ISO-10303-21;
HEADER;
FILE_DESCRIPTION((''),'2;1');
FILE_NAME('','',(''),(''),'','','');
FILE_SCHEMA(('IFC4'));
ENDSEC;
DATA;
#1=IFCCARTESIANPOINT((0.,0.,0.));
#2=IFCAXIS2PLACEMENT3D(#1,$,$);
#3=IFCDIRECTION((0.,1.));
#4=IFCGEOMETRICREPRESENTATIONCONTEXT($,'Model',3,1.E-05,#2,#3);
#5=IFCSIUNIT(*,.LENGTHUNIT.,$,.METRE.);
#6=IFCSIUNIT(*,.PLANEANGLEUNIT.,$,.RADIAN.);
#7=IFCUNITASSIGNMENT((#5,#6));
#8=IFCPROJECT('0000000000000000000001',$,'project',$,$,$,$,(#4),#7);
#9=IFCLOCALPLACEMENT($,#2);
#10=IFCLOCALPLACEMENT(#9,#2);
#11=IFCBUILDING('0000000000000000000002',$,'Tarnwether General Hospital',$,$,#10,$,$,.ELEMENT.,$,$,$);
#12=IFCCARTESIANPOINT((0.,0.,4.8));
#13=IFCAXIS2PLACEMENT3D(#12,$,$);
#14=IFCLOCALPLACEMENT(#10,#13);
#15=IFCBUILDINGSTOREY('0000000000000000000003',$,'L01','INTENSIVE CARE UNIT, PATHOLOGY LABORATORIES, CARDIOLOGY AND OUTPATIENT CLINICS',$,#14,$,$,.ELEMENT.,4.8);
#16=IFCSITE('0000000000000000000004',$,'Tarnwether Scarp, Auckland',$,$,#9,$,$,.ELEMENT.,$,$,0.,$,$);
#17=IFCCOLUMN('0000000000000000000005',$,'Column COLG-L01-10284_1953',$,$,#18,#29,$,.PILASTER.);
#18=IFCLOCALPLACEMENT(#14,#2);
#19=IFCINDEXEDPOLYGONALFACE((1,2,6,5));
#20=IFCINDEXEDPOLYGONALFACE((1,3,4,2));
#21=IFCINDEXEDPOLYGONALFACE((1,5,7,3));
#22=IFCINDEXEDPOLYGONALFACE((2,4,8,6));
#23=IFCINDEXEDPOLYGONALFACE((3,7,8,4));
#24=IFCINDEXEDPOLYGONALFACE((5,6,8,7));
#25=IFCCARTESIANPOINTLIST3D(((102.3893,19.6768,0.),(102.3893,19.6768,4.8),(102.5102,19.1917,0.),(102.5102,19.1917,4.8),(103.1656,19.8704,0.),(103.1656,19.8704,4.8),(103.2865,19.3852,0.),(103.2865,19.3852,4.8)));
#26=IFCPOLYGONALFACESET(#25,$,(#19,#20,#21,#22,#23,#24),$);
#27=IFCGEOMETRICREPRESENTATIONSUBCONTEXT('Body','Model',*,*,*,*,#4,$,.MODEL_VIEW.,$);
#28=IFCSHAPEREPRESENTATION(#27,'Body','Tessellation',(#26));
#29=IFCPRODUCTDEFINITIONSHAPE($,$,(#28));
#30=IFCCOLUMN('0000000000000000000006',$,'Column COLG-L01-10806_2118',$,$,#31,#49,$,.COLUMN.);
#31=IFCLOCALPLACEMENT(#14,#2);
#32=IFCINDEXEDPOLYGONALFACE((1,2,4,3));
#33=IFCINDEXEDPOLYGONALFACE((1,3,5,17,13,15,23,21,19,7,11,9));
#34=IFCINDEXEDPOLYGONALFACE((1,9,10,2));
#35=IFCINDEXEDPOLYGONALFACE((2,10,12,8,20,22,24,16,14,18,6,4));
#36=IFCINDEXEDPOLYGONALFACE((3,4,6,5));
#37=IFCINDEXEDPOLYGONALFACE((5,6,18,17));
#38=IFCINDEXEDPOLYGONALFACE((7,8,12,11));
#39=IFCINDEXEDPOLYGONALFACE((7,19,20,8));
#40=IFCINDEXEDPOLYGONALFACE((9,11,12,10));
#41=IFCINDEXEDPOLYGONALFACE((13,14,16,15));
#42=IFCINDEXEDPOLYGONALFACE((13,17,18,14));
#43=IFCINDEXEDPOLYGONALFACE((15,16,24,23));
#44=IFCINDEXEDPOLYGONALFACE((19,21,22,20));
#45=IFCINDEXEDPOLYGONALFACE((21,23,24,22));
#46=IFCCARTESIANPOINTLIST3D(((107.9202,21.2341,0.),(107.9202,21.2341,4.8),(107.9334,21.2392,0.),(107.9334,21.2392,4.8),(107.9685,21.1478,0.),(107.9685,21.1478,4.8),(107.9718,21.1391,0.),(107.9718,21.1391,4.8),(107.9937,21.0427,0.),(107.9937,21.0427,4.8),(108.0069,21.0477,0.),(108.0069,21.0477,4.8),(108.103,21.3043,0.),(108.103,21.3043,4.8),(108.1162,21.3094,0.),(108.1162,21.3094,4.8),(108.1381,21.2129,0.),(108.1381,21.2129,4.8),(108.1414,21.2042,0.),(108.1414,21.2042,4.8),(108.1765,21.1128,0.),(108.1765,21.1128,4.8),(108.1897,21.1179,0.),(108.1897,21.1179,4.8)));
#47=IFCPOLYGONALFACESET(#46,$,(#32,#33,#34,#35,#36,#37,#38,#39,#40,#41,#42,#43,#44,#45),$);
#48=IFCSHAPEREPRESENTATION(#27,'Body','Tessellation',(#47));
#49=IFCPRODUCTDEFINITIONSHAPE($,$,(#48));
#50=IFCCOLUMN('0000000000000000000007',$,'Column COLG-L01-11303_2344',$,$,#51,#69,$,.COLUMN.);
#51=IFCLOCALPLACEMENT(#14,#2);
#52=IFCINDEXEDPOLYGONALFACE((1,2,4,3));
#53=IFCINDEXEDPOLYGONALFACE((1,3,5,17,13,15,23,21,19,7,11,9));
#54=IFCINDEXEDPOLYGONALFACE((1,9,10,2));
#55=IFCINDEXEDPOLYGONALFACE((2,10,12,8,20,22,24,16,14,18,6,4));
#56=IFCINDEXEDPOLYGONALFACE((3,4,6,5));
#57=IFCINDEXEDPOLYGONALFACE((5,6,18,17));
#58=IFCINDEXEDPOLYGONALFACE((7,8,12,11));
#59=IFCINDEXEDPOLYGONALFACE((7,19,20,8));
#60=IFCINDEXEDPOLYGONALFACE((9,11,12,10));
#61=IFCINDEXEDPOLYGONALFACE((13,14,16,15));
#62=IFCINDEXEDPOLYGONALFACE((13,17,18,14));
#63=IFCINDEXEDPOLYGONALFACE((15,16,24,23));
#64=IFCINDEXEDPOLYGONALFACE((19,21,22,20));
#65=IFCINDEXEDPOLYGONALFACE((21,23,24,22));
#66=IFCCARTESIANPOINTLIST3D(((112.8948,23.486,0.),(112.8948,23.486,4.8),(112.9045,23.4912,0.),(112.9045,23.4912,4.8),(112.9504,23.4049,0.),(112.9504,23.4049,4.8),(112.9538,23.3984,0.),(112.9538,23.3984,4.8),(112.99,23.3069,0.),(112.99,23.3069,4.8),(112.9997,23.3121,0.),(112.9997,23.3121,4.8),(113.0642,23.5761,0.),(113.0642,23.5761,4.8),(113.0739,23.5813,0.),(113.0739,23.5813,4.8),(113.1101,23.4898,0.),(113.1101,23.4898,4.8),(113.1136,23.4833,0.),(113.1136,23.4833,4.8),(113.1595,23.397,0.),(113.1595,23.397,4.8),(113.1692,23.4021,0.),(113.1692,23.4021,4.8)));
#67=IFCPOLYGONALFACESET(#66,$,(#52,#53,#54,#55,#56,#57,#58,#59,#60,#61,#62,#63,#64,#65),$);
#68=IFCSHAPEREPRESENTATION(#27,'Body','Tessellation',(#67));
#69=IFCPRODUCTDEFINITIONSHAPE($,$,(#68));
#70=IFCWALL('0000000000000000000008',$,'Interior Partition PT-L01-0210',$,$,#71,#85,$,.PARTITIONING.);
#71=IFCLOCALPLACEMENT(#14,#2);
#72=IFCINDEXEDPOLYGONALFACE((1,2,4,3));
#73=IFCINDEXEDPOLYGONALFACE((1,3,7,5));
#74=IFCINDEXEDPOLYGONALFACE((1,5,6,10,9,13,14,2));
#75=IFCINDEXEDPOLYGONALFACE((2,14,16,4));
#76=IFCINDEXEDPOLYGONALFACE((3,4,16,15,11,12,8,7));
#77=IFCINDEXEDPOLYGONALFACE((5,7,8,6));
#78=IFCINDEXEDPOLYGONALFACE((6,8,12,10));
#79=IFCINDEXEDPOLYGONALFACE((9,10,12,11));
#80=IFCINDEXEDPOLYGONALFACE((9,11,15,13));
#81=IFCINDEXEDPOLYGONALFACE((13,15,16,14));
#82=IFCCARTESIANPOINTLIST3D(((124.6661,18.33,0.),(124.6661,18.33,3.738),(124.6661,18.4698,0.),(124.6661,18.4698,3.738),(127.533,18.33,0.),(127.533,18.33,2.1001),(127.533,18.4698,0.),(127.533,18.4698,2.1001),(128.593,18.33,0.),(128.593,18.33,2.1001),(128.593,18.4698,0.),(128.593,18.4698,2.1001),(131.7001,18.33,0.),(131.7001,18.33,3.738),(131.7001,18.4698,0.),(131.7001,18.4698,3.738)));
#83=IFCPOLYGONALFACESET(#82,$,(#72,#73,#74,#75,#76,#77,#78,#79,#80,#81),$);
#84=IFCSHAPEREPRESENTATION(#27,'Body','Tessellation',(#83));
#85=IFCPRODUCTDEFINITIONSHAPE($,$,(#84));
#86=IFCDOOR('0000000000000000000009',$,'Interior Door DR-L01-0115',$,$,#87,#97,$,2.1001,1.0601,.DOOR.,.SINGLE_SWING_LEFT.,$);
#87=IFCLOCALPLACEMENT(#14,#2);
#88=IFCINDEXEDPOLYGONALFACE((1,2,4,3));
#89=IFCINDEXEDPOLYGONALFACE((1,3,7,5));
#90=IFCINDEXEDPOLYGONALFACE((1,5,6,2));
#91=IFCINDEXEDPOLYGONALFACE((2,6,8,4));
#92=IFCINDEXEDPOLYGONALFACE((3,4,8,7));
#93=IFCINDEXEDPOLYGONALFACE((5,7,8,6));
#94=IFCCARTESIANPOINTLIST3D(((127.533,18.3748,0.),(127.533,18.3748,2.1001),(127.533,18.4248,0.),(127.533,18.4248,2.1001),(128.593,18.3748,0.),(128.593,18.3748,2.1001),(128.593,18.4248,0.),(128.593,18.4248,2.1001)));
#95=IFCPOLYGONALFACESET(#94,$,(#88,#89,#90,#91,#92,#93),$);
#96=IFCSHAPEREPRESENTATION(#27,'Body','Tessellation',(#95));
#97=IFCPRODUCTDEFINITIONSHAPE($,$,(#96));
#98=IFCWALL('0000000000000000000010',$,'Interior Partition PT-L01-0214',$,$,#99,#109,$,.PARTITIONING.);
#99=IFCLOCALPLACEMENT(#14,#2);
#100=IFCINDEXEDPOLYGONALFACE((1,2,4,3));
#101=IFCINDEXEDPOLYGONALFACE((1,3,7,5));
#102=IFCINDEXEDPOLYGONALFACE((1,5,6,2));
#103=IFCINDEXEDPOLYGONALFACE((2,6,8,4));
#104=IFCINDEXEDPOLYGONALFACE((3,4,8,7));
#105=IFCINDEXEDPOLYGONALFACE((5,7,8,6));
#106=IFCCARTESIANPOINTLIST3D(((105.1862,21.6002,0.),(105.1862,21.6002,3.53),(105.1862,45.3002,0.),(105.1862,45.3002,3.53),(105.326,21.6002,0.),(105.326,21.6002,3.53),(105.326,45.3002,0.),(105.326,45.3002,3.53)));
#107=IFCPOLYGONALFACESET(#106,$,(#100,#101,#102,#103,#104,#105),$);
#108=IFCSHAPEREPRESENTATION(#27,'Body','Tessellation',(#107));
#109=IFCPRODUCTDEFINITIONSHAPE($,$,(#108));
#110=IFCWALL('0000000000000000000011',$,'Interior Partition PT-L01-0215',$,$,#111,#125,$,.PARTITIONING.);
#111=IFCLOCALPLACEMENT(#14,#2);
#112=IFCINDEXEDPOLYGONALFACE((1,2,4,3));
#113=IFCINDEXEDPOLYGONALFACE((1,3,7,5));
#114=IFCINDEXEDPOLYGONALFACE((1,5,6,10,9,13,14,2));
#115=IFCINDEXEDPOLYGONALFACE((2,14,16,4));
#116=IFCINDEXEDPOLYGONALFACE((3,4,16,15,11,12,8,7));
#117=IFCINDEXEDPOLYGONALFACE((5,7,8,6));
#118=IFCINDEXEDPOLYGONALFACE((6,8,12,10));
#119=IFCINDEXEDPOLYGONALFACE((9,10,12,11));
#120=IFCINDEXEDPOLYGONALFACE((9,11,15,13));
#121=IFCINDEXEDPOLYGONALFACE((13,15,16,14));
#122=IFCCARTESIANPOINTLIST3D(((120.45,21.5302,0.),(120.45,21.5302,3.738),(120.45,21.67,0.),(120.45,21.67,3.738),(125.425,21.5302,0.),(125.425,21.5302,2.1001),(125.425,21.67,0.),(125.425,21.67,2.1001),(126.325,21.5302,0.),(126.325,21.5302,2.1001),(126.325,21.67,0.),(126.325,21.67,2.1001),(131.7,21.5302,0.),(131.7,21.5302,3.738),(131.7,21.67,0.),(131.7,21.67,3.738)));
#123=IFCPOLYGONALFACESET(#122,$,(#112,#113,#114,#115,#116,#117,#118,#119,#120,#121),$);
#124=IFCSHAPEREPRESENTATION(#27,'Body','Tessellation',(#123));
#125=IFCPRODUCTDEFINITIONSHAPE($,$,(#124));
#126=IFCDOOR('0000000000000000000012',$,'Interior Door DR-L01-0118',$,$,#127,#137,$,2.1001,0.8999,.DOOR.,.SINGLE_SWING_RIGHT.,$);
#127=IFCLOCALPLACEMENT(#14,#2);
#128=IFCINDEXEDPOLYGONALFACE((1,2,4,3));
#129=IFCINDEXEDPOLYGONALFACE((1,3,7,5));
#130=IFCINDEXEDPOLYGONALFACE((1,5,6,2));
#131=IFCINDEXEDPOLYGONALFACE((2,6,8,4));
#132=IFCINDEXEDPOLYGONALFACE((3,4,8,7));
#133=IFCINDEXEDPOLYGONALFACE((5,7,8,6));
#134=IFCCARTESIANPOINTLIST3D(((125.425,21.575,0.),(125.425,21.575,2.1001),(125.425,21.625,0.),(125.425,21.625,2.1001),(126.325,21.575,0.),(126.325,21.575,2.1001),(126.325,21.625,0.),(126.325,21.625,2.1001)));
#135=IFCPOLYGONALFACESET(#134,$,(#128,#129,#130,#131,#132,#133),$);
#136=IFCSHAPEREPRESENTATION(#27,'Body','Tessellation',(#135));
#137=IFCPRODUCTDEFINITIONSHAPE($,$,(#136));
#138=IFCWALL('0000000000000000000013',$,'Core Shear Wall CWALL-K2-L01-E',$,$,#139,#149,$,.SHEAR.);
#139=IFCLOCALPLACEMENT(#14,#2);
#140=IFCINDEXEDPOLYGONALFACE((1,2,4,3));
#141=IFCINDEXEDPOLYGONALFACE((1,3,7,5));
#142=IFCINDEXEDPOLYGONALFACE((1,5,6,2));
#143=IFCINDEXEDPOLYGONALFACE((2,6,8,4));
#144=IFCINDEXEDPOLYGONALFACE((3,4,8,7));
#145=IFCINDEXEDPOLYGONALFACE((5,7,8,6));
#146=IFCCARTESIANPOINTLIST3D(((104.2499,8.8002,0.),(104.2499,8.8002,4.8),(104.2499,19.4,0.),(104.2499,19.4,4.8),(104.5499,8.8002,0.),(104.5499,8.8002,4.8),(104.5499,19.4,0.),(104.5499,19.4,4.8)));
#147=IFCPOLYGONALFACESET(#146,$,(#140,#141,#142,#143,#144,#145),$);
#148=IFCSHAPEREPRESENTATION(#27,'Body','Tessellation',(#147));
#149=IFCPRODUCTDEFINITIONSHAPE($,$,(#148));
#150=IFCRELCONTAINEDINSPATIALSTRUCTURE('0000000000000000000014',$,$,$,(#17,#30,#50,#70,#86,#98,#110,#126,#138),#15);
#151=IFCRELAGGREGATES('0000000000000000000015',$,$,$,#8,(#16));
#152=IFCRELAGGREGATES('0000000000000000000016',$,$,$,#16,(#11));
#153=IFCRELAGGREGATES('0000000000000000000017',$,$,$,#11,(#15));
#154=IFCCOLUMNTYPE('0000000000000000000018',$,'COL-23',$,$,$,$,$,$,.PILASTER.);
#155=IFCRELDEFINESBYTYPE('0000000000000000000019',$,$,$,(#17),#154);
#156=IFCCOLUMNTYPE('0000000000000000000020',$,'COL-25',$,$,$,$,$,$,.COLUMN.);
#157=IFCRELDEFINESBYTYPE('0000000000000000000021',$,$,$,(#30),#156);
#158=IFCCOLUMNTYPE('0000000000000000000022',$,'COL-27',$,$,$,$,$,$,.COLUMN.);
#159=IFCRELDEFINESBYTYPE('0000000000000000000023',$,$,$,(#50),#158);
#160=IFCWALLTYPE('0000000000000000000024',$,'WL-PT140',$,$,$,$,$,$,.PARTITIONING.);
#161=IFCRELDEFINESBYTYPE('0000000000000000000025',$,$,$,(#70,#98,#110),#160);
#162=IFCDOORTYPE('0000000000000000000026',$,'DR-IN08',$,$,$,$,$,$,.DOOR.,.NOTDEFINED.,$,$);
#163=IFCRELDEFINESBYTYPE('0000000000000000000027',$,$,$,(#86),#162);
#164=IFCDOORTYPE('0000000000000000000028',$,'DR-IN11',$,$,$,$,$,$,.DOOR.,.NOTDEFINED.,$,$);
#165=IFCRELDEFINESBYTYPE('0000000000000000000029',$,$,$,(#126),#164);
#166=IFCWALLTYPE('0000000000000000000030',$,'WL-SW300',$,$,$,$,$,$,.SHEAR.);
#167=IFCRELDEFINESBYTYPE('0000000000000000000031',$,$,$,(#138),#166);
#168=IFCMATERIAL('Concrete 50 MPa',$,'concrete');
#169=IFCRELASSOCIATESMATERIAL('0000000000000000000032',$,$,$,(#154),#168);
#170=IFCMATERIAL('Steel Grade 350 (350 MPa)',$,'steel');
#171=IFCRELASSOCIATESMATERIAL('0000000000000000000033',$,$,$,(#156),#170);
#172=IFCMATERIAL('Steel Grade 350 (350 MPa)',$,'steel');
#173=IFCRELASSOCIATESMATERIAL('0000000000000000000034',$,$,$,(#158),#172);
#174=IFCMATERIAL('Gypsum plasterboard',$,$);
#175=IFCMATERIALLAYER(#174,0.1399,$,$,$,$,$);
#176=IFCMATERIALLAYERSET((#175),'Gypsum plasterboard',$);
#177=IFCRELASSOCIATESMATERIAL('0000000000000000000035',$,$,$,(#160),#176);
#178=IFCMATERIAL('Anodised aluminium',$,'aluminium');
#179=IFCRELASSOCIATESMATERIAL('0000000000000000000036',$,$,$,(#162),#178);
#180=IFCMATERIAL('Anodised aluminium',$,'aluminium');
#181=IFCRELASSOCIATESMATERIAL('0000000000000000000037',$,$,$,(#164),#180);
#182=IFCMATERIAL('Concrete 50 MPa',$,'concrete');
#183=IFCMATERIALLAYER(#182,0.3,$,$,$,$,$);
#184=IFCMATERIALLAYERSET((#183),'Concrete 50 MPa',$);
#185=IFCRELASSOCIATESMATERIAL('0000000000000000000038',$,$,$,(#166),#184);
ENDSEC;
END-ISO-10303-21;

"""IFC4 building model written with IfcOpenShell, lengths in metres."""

from ifc_helpers import new_model, si_unit, direction, frame, frame_2d, origin, origin_2d, place, context, subcontext, project, spatial, rectangle, i_section, extrude, material, layer, layer_set, material_profile, profile_set, type_object, element, fill, save


model = new_model("IFC4")

# Units and contexts
model_context = context("Model", 3, precision=1e-05, world=origin(), true_north=direction((0.0, 1.0)))
body_context = subcontext(model_context, "Body", "Model", "MODEL_VIEW")
ifc_project = project(units=[si_unit("LENGTHUNIT", "METRE"), si_unit("PLANEANGLEUNIT", "RADIAN")], contexts=[model_context])

# Site, building, storey
site_placement = place(None, origin())
site = spatial("IfcSite", under=ifc_project, at=site_placement, Name="Tarnwether Scarp, Auckland", CompositionType="ELEMENT", RefElevation=0.0)
building_placement = place(site_placement, origin())
building = spatial("IfcBuilding", under=site, at=building_placement, Name="Tarnwether General Hospital", CompositionType="ELEMENT")
storey_placement = place(building_placement, frame((0.0, 0.0, 4.8)))
storey = spatial("IfcBuildingStorey", under=building, at=storey_placement, Name="L01", Description="INTENSIVE CARE UNIT, PATHOLOGY LABORATORIES, CARDIOLOGY AND OUTPATIENT CLINICS", CompositionType="ELEMENT", Elevation=4.8)

# Columns
ifc_material_1 = material(Name="Concrete 50 MPa", Category="concrete")
ifc_material_profile_1 = material_profile(ifc_material_1, rectangle(XDim=0.5, YDim=0.8, at=origin_2d()), Name="RC-PIL-500x800")
ifc_profile_set_1 = profile_set([ifc_material_profile_1], Name="Concrete 50 MPa")
column_type_1 = type_object("IfcColumnType", Name="COL-23", PredefinedType="PILASTER", material=ifc_profile_set_1)
column_1_placement = place(storey_placement, frame((102.8379, 19.531, 0.0), z_axis=(0.0, 0.0, 1.0), x_axis=(-0.241922, 0.970296, 0.0)))
element("IfcColumn", 1, at=column_1_placement, inside=storey, type_object=column_type_1, Name="Column COLG-L01-10284_1953", PredefinedType="PILASTER", context=body_context, shape_type="SweptSolid", body=[
    extrude(rectangle(XDim=0.5, YDim=0.8, at=origin_2d()), origin(), (0.0, 0.0, 1.0), 4.8),
])
ifc_material_2 = material(Name="Steel Grade 350 (350 MPa)", Category="steel")
ifc_material_profile_2 = material_profile(ifc_material_2, i_section(OverallWidth=0.2051, OverallDepth=0.21, WebThickness=0.0093, FlangeThickness=0.0142, at=origin_2d()), Name="200UC59.5")
ifc_profile_set_2 = profile_set([ifc_material_profile_2], Name="Steel Grade 350 (350 MPa)")
column_type_2 = type_object("IfcColumnType", Name="COL-25", PredefinedType="COLUMN", material=ifc_profile_set_2)
column_2_placement = place(storey_placement, frame((108.0549, 21.176, 0.0), z_axis=(0.0, 0.0, 1.0), x_axis=(-0.358368, 0.93358, 0.0)))
element("IfcColumn", 2, at=column_2_placement, inside=storey, type_object=column_type_2, Name="Column COLG-L01-10806_2118", PredefinedType="COLUMN", context=body_context, shape_type="SweptSolid", body=[
    extrude(i_section(OverallWidth=0.2051, OverallDepth=0.21, WebThickness=0.0093, FlangeThickness=0.0142, at=origin_2d()), origin(), (0.0, 0.0, 1.0), 4.8),
])
ifc_material_3 = material(Name="Steel Grade 350 (350 MPa)", Category="steel")
ifc_material_profile_3 = material_profile(ifc_material_3, i_section(OverallWidth=0.2029, OverallDepth=0.2029, WebThickness=0.0073, FlangeThickness=0.011, at=origin_2d()), Name="200UC46.2")
ifc_profile_set_3 = profile_set([ifc_material_profile_3], Name="Steel Grade 350 (350 MPa)")
column_type_3 = type_object("IfcColumnType", Name="COL-27", PredefinedType="COLUMN", material=ifc_profile_set_3)
column_3_placement = place(storey_placement, frame((113.032, 23.4441, 0.0), z_axis=(0.0, 0.0, 1.0), x_axis=(-0.469472, 0.882948, 0.0)))
element("IfcColumn", 3, at=column_3_placement, inside=storey, type_object=column_type_3, Name="Column COLG-L01-11303_2344", PredefinedType="COLUMN", context=body_context, shape_type="SweptSolid", body=[
    extrude(i_section(OverallWidth=0.2029, OverallDepth=0.2029, WebThickness=0.0073, FlangeThickness=0.011, at=origin_2d()), origin(), (0.0, 0.0, 1.0), 4.8),
])

# Wall, opening, door
ifc_material_4 = material(Name="Gypsum plasterboard")
ifc_layer_1 = layer(ifc_material_4, 0.1399)
ifc_layer_set_1 = layer_set([ifc_layer_1], Name="Gypsum plasterboard")
wall_type_1 = type_object("IfcWallType", Name="WL-PT140", PredefinedType="PARTITIONING", material=ifc_layer_set_1)
wall_1_placement = place(storey_placement, frame((124.666, 18.3999, 0.0), z_axis=(0.0, 0.0, 1.0), x_axis=(1.0, 0.0, 0.0)))
wall_1 = element("IfcWall", 4, at=wall_1_placement, inside=storey, type_object=wall_type_1, Name="Interior Partition PT-L01-0210", PredefinedType="PARTITIONING", context=body_context, shape_type="SweptSolid", body=[
    extrude(rectangle(XDim=7.0339, YDim=0.1399, at=frame_2d((3.5171, 0.0))), origin(), (0.0, 0.0, 1.0), 3.738),
])
opening_1_placement = place(wall_1_placement, frame((2.8669, 0.0, 0.0)))
opening_1 = element("IfcOpeningElement", 5, at=opening_1_placement, cuts=wall_1, PredefinedType="OPENING", context=body_context, shape_type="SweptSolid", body=[
    extrude(rectangle(XDim=1.0601, YDim=2.1001, at=frame_2d((0.53, 1.05))), frame((0.0, 0.0801, 0.0), z_axis=(0.0, -1.0, 0.0), x_axis=(1.0, 0.0, 0.0)), (0.0, 0.0, 1.0), 0.1599),
])
ifc_material_5 = material(Name="Anodised aluminium", Category="aluminium")
door_type_1 = type_object("IfcDoorType", Name="DR-IN08", OperationType="NOTDEFINED", PredefinedType="DOOR", material=ifc_material_5)
door_1_placement = place(opening_1_placement, origin())
door_1 = element("IfcDoor", 6, at=door_1_placement, inside=storey, type_object=door_type_1, Name="Interior Door DR-L01-0115", OperationType="SINGLE_SWING_LEFT", OverallHeight=2.1001, OverallWidth=1.0601, PredefinedType="DOOR", context=body_context, shape_type="SweptSolid", body=[
    extrude(rectangle(XDim=1.0601, YDim=2.1001, at=frame_2d((0.53, 1.05))), frame((0.0, 0.0249, 0.0), z_axis=(0.0, -1.0, 0.0), x_axis=(1.0, 0.0, 0.0)), (0.0, 0.0, 1.0), 0.05),
])
fill(opening_1, door_1)

# Wall
wall_2_placement = place(storey_placement, frame((105.2561, 21.6001, 0.0), z_axis=(0.0, 0.0, 1.0), x_axis=(0.0, 1.0, 0.0)))
element("IfcWall", 7, at=wall_2_placement, inside=storey, type_object=wall_type_1, Name="Interior Partition PT-L01-0214", PredefinedType="PARTITIONING", context=body_context, shape_type="SweptSolid", body=[
    extrude(rectangle(XDim=23.7, YDim=0.1399, at=frame_2d((11.8501, 0.0))), origin(), (0.0, 0.0, 1.0), 3.53),
])

# Wall, opening, door
wall_3_placement = place(storey_placement, frame((120.45, 21.6001, 0.0), z_axis=(0.0, 0.0, 1.0), x_axis=(1.0, 0.0, 0.0)))
wall_3 = element("IfcWall", 8, at=wall_3_placement, inside=storey, type_object=wall_type_1, Name="Interior Partition PT-L01-0215", PredefinedType="PARTITIONING", context=body_context, shape_type="SweptSolid", body=[
    extrude(rectangle(XDim=11.25, YDim=0.1399, at=frame_2d((5.625, 0.0))), origin(), (0.0, 0.0, 1.0), 3.738),
])
opening_2_placement = place(wall_3_placement, frame((4.9751, 0.0, 0.0)))
opening_2 = element("IfcOpeningElement", 9, at=opening_2_placement, cuts=wall_3, PredefinedType="OPENING", context=body_context, shape_type="SweptSolid", body=[
    extrude(rectangle(XDim=0.8999, YDim=2.1001, at=frame_2d((0.45, 1.05))), frame((0.0, 0.0801, 0.0), z_axis=(0.0, -1.0, 0.0), x_axis=(1.0, 0.0, 0.0)), (0.0, 0.0, 1.0), 0.1599),
])
ifc_material_6 = material(Name="Anodised aluminium", Category="aluminium")
door_type_2 = type_object("IfcDoorType", Name="DR-IN11", OperationType="NOTDEFINED", PredefinedType="DOOR", material=ifc_material_6)
door_2_placement = place(opening_2_placement, origin())
door_2 = element("IfcDoor", 10, at=door_2_placement, inside=storey, type_object=door_type_2, Name="Interior Door DR-L01-0118", OperationType="SINGLE_SWING_RIGHT", OverallHeight=2.1001, OverallWidth=0.8999, PredefinedType="DOOR", context=body_context, shape_type="SweptSolid", body=[
    extrude(rectangle(XDim=0.8999, YDim=2.1001, at=frame_2d((0.45, 1.05))), frame((0.0, 0.0249, 0.0), z_axis=(0.0, -1.0, 0.0), x_axis=(1.0, 0.0, 0.0)), (0.0, 0.0, 1.0), 0.05),
])
fill(opening_2, door_2)

# Wall
ifc_material_7 = material(Name="Concrete 50 MPa", Category="concrete")
ifc_layer_2 = layer(ifc_material_7, 0.3)
ifc_layer_set_2 = layer_set([ifc_layer_2], Name="Concrete 50 MPa")
wall_type_2 = type_object("IfcWallType", Name="WL-SW300", PredefinedType="SHEAR", material=ifc_layer_set_2)
wall_4_placement = place(storey_placement, frame((104.3999, 19.3999, 0.0), z_axis=(0.0, 0.0, 1.0), x_axis=(0.0, -1.0, 0.0)))
element("IfcWall", 11, at=wall_4_placement, inside=storey, type_object=wall_type_2, Name="Core Shear Wall CWALL-K2-L01-E", PredefinedType="SHEAR", context=body_context, shape_type="SweptSolid", body=[
    extrude(rectangle(XDim=10.5999, YDim=0.3, at=frame_2d((5.2998, 0.0))), origin(), (0.0, 0.0, 1.0), 4.8),
])

save(model, "model.ifc")
